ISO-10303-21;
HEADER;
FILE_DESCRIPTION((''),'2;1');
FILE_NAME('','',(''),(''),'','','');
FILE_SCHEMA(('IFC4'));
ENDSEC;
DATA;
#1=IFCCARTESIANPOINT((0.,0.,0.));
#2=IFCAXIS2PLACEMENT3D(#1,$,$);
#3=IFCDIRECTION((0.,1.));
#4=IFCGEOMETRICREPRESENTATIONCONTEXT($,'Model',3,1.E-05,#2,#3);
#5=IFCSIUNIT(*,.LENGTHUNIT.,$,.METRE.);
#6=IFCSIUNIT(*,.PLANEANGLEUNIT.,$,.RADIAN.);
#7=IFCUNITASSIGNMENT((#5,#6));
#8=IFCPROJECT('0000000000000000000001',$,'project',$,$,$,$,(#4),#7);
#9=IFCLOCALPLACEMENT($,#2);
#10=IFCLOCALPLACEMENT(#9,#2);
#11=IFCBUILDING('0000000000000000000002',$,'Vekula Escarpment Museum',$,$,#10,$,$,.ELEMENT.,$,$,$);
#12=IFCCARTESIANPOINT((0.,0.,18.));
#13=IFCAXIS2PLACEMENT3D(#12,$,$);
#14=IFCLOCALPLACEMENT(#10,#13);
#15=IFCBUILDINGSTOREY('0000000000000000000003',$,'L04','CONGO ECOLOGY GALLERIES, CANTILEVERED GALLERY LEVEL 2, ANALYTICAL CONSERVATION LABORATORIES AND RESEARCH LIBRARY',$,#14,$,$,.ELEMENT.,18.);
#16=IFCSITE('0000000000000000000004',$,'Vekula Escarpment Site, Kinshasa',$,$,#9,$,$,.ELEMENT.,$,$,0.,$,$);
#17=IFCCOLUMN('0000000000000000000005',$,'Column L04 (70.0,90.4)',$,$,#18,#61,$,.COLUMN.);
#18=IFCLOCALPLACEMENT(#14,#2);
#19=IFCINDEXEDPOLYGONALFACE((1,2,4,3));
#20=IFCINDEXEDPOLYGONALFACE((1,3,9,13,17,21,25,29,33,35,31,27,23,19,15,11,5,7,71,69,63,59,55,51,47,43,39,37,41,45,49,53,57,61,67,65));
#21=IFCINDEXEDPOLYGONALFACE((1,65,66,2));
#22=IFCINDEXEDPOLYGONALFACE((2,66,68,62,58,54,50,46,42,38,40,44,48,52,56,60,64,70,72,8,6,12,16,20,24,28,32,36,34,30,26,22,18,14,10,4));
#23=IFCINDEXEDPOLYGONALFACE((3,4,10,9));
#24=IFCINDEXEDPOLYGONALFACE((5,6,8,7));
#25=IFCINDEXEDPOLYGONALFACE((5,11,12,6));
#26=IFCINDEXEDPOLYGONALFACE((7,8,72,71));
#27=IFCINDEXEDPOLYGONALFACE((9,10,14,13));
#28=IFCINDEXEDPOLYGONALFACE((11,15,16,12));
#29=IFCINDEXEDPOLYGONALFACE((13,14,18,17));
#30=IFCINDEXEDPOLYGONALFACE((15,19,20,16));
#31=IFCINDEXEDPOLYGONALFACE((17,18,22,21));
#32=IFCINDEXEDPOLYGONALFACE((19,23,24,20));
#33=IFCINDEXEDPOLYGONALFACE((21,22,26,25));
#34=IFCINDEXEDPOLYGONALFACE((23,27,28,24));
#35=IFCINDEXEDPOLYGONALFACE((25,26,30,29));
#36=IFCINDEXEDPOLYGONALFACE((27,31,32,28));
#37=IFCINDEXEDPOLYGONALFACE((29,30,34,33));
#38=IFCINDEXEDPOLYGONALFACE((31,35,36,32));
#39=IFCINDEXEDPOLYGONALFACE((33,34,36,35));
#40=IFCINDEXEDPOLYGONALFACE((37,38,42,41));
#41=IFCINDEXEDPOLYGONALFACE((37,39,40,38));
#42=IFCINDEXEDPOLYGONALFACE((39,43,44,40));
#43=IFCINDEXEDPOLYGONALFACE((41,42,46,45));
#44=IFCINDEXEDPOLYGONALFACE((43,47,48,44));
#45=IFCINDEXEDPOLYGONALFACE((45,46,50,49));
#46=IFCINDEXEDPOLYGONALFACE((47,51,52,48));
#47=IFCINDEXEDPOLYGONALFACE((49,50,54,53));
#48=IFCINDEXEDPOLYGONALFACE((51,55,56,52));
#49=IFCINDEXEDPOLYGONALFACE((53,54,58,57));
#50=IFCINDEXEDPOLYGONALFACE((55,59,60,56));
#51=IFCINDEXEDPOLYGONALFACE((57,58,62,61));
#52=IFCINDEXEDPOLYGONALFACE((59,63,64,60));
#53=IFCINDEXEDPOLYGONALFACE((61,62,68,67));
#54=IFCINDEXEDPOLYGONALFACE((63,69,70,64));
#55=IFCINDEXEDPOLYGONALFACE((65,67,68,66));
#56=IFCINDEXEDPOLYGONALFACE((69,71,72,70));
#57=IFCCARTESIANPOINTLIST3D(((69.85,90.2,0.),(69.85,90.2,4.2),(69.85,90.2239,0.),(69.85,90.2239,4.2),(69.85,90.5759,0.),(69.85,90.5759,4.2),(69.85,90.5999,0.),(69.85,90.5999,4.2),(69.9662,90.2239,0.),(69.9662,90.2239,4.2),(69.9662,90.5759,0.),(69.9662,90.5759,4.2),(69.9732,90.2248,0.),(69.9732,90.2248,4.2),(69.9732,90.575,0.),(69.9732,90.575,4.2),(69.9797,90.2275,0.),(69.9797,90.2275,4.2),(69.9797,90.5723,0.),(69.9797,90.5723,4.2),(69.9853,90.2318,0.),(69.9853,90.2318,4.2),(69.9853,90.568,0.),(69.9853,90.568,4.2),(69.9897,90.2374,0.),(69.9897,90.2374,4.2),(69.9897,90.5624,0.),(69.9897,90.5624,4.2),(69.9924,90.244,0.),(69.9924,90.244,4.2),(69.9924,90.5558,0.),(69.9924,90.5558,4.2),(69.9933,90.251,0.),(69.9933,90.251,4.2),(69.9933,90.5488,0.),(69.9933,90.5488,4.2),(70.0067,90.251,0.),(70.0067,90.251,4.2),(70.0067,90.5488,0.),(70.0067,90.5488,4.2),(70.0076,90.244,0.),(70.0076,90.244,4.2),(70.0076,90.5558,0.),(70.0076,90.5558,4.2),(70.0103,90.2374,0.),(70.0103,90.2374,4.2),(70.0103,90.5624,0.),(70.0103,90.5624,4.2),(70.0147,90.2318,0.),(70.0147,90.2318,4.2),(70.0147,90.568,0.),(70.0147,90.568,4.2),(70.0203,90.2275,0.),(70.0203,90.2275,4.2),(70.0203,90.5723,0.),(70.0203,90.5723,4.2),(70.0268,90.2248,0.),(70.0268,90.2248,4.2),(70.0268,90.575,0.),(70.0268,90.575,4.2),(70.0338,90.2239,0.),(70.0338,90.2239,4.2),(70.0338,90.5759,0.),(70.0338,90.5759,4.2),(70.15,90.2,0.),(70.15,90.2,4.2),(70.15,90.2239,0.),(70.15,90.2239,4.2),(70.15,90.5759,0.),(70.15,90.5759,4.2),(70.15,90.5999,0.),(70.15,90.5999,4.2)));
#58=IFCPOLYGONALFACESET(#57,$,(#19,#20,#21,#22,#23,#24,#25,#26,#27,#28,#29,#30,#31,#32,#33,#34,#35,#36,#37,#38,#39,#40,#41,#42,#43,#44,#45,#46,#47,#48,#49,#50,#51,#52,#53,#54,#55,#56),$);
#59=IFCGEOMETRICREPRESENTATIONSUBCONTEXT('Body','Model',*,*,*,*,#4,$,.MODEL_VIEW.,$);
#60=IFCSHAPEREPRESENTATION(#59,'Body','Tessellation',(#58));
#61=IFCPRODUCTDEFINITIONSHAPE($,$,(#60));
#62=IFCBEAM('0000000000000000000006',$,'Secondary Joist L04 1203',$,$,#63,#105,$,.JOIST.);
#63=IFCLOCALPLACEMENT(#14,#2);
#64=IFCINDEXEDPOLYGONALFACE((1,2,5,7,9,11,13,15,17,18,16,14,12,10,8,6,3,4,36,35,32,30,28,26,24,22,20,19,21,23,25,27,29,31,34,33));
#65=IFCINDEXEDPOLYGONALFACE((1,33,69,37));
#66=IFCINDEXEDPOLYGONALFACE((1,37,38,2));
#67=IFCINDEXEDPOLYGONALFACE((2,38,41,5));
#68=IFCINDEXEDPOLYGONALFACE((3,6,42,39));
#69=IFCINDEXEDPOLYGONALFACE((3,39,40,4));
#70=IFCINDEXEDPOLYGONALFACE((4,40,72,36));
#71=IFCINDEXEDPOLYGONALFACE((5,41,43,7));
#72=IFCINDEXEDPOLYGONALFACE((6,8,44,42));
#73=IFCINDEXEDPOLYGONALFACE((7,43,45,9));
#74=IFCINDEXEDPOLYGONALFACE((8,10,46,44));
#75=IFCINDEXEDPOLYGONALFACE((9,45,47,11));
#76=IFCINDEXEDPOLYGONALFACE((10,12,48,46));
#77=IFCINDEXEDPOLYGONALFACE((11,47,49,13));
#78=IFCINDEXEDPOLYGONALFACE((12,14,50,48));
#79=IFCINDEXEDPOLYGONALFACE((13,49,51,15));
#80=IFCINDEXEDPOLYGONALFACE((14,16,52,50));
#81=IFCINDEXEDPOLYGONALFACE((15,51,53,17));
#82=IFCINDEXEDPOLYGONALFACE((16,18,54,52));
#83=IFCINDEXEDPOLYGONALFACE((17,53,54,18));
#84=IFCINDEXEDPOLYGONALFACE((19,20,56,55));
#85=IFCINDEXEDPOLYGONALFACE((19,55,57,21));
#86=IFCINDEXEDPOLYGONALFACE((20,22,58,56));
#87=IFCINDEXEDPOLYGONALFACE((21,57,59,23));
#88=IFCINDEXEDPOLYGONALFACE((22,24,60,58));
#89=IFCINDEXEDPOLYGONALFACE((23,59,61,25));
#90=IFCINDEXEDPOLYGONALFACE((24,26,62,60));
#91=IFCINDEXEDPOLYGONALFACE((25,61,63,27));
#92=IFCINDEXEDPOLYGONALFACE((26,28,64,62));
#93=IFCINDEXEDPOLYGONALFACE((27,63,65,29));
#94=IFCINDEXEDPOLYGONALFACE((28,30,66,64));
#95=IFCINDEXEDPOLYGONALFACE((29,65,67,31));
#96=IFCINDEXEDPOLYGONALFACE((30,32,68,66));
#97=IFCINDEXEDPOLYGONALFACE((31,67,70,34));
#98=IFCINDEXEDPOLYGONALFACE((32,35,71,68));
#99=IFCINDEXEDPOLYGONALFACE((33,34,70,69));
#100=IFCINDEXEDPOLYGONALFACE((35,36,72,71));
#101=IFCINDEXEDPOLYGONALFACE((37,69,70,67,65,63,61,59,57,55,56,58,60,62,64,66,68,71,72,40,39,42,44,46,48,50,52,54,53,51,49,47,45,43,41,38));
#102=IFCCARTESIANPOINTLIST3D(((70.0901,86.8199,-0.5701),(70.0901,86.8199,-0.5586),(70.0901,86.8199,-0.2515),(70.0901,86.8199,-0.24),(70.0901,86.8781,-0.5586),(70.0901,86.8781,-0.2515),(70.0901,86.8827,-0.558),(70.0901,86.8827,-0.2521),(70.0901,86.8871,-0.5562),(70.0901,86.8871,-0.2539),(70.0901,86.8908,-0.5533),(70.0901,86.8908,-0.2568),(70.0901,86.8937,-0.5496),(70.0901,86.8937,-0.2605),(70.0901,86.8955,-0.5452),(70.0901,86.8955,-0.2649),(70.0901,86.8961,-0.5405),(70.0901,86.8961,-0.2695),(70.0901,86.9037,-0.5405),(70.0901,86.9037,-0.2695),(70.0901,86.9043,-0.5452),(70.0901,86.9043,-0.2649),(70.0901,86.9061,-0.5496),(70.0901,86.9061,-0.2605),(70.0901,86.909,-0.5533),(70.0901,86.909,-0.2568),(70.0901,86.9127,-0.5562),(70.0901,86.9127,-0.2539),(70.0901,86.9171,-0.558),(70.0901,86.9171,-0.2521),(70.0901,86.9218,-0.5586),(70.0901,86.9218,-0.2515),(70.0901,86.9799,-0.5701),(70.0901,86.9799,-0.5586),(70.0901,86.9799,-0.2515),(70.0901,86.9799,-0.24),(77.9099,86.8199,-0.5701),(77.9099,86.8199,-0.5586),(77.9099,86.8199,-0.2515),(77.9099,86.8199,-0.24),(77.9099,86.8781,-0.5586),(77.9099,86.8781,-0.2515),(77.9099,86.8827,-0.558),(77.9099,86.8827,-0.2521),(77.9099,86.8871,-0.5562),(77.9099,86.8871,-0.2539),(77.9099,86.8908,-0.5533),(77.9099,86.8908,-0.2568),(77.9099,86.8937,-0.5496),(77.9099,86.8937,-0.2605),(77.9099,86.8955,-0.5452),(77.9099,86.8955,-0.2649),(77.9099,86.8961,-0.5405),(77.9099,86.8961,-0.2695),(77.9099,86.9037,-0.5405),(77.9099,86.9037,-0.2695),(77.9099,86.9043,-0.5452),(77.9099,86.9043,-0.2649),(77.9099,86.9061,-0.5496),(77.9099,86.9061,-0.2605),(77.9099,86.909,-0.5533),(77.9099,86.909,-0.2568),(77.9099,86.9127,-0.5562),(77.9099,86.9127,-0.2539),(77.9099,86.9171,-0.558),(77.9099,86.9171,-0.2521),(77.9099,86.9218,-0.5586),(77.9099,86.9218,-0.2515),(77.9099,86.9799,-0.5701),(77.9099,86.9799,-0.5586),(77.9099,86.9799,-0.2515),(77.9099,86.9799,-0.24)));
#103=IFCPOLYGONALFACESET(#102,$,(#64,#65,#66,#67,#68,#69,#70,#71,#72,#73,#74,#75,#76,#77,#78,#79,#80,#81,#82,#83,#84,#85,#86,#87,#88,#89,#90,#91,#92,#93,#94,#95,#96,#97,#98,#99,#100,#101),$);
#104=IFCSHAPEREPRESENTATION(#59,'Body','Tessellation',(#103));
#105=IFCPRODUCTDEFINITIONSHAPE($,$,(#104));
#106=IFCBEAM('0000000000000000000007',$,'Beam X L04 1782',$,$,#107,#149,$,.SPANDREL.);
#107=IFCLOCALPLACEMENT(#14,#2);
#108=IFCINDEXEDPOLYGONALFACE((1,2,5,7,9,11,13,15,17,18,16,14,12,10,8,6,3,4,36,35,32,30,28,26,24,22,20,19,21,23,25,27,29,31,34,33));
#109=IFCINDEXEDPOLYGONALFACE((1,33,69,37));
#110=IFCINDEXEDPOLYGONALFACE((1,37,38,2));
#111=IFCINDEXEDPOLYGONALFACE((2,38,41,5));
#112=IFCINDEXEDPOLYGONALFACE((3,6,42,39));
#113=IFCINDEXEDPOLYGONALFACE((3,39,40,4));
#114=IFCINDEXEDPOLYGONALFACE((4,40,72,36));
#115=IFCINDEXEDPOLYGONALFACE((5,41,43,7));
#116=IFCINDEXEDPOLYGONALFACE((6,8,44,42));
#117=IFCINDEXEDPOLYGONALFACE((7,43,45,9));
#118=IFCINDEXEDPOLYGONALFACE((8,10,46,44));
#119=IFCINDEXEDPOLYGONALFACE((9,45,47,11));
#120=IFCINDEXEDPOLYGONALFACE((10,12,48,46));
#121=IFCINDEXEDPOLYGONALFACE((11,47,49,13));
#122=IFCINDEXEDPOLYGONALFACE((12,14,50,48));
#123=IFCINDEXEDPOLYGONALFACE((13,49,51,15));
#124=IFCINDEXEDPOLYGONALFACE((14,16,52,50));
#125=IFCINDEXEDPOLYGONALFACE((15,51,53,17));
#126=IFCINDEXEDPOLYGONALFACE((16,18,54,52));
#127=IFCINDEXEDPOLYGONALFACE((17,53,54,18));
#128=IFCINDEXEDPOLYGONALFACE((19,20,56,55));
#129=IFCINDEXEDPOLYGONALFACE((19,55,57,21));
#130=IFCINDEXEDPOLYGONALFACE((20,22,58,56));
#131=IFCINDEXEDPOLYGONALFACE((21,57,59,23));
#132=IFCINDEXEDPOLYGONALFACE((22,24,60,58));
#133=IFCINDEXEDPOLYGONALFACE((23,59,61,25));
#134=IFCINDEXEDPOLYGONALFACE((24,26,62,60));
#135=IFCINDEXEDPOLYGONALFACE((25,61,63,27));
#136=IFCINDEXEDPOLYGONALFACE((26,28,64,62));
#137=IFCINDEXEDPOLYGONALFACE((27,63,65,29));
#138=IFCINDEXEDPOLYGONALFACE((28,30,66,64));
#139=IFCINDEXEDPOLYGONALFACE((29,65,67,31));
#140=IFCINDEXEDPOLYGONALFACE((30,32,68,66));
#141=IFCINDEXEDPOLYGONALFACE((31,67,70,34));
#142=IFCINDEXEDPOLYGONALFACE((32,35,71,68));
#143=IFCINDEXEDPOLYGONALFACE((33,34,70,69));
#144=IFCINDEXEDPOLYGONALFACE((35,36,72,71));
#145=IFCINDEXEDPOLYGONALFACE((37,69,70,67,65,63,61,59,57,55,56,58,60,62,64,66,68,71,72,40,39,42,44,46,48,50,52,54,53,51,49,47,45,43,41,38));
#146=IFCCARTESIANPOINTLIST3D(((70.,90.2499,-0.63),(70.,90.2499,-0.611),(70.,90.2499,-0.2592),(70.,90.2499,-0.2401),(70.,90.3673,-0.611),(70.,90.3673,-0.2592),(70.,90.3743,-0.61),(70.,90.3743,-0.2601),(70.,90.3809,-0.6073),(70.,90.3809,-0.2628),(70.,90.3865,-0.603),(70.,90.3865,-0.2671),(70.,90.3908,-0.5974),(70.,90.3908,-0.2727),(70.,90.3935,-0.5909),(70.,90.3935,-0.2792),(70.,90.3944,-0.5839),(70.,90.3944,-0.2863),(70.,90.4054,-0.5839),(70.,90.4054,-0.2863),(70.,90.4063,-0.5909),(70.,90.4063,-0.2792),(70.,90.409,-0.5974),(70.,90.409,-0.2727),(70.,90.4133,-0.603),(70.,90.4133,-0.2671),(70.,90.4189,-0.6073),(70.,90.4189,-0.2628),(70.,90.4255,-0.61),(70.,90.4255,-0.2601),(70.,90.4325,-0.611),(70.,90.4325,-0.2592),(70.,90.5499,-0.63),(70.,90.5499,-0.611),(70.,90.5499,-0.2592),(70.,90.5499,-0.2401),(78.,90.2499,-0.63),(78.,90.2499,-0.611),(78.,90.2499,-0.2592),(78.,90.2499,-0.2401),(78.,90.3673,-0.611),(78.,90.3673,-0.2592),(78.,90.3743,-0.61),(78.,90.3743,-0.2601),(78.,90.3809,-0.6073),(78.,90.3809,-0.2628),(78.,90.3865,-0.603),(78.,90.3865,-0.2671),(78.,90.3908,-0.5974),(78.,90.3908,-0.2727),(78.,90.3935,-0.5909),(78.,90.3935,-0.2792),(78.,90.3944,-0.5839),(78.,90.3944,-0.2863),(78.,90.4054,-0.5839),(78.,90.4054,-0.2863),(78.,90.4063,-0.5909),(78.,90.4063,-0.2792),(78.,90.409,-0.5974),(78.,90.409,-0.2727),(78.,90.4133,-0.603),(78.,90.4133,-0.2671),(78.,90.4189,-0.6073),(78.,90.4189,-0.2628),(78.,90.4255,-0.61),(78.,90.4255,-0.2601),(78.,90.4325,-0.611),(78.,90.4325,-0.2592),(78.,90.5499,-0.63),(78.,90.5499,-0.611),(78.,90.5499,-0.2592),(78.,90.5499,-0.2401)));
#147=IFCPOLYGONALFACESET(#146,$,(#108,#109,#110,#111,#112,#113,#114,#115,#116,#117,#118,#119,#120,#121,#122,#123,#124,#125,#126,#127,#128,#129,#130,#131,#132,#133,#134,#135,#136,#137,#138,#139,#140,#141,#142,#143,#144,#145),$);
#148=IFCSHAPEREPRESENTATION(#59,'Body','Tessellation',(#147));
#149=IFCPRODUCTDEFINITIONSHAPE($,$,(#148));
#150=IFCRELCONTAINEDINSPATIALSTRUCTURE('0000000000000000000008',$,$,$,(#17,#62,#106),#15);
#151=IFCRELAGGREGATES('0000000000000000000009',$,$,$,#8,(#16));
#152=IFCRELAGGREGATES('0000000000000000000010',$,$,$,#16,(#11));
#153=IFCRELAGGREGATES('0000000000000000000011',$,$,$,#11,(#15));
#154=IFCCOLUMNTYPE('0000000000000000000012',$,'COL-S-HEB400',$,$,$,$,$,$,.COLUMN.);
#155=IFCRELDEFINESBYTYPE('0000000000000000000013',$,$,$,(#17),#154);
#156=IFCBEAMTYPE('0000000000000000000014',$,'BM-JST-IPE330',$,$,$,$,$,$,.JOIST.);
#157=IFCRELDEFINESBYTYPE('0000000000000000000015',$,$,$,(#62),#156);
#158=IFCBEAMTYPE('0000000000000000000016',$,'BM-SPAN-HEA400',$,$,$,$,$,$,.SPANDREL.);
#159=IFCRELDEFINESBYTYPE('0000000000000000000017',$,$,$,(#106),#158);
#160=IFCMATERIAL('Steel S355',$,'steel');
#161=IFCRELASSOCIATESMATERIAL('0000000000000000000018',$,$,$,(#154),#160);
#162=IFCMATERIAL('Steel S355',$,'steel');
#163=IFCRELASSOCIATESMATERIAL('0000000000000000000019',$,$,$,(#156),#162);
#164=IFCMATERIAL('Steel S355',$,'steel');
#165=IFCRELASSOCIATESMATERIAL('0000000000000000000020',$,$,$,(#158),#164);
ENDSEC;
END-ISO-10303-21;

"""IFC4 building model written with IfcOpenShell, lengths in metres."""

from ifc_helpers import new_model, si_unit, direction, frame, origin, origin_2d, place, context, subcontext, project, spatial, i_section, extrude, material, material_profile, profile_set, type_object, element, save


model = new_model("IFC4")

# Units and contexts
model_context = context("Model", 3, precision=1e-05, world=origin(), true_north=direction((0.0, 1.0)))
body_context = subcontext(model_context, "Body", "Model", "MODEL_VIEW")
ifc_project = project(units=[si_unit("LENGTHUNIT", "METRE"), si_unit("PLANEANGLEUNIT", "RADIAN")], contexts=[model_context])

# Site, building, storey
site_placement = place(None, origin())
site = spatial("IfcSite", under=ifc_project, at=site_placement, Name="Vekula Escarpment Site, Kinshasa", CompositionType="ELEMENT", RefElevation=0.0)
building_placement = place(site_placement, origin())
building = spatial("IfcBuilding", under=site, at=building_placement, Name="Vekula Escarpment Museum", CompositionType="ELEMENT")
storey_placement = place(building_placement, frame((0.0, 0.0, 18.0)))
storey = spatial("IfcBuildingStorey", under=building, at=storey_placement, Name="L04", Description="CONGO ECOLOGY GALLERIES, CANTILEVERED GALLERY LEVEL 2, ANALYTICAL CONSERVATION LABORATORIES AND RESEARCH LIBRARY", CompositionType="ELEMENT", Elevation=18.0)

# Column
ifc_material_1 = material(Name="Steel S355", Category="steel")
ifc_material_profile_1 = material_profile(ifc_material_1, i_section(OverallWidth=0.3, OverallDepth=0.3999, WebThickness=0.0134, FlangeThickness=0.0239, FilletRadius=0.0271, at=origin_2d()), Name="HEB 400")
ifc_profile_set_1 = profile_set([ifc_material_profile_1], Name="Steel S355")
column_type = type_object("IfcColumnType", Name="COL-S-HEB400", PredefinedType="COLUMN", material=ifc_profile_set_1)
column_placement = place(storey_placement, frame((70.0, 90.3999, 0.0), z_axis=(0.0, 0.0, 1.0), x_axis=(1.0, 0.0, 0.0)))
element("IfcColumn", 1, at=column_placement, inside=storey, type_object=column_type, Name="Column L04 (70.0,90.4)", PredefinedType="COLUMN", context=body_context, shape_type="SweptSolid", body=[
    extrude(i_section(OverallWidth=0.3, OverallDepth=0.3999, WebThickness=0.0134, FlangeThickness=0.0239, FilletRadius=0.0271, at=origin_2d()), origin(), (0.0, 0.0, 1.0), 4.2),
])

# Beams
ifc_material_2 = material(Name="Steel S355", Category="steel")
ifc_material_profile_2 = material_profile(ifc_material_2, i_section(OverallWidth=0.1599, OverallDepth=0.3301, WebThickness=0.0076, FlangeThickness=0.0115, FilletRadius=0.0181, at=origin_2d()), Name="IPE 330")
ifc_profile_set_2 = profile_set([ifc_material_profile_2], Name="Steel S355")
beam_type_1 = type_object("IfcBeamType", Name="BM-JST-IPE330", PredefinedType="JOIST", material=ifc_profile_set_2)
beam_1_placement = place(storey_placement, frame((70.0901, 86.8999, -0.405), z_axis=(1.0, 0.0, 0.0), x_axis=(0.0, 1.0, 0.0)))
element("IfcBeam", 2, at=beam_1_placement, inside=storey, type_object=beam_type_1, Name="Secondary Joist L04 1203", PredefinedType="JOIST", context=body_context, shape_type="SweptSolid", body=[
    extrude(i_section(OverallWidth=0.1599, OverallDepth=0.3301, WebThickness=0.0076, FlangeThickness=0.0115, FilletRadius=0.0181, at=origin_2d()), origin(), (0.0, 0.0, 1.0), 7.8198),
])
ifc_material_3 = material(Name="Steel S355", Category="steel")
ifc_material_profile_3 = material_profile(ifc_material_3, i_section(OverallWidth=0.3, OverallDepth=0.3899, WebThickness=0.011, FlangeThickness=0.019, FilletRadius=0.0271, at=origin_2d()), Name="HEA 400")
ifc_profile_set_3 = profile_set([ifc_material_profile_3], Name="Steel S355")
beam_type_2 = type_object("IfcBeamType", Name="BM-SPAN-HEA400", PredefinedType="SPANDREL", material=ifc_profile_set_3)
beam_2_placement = place(storey_placement, frame((70.0, 90.3999, -0.4351), z_axis=(1.0, 0.0, 0.0), x_axis=(0.0, 1.0, 0.0)))
element("IfcBeam", 3, at=beam_2_placement, inside=storey, type_object=beam_type_2, Name="Beam X L04 1782", PredefinedType="SPANDREL", context=body_context, shape_type="SweptSolid", body=[
    extrude(i_section(OverallWidth=0.3, OverallDepth=0.3899, WebThickness=0.011, FlangeThickness=0.019, FilletRadius=0.0271, at=origin_2d()), origin(), (0.0, 0.0, 1.0), 8.0),
])

save(model, "model.ifc")
